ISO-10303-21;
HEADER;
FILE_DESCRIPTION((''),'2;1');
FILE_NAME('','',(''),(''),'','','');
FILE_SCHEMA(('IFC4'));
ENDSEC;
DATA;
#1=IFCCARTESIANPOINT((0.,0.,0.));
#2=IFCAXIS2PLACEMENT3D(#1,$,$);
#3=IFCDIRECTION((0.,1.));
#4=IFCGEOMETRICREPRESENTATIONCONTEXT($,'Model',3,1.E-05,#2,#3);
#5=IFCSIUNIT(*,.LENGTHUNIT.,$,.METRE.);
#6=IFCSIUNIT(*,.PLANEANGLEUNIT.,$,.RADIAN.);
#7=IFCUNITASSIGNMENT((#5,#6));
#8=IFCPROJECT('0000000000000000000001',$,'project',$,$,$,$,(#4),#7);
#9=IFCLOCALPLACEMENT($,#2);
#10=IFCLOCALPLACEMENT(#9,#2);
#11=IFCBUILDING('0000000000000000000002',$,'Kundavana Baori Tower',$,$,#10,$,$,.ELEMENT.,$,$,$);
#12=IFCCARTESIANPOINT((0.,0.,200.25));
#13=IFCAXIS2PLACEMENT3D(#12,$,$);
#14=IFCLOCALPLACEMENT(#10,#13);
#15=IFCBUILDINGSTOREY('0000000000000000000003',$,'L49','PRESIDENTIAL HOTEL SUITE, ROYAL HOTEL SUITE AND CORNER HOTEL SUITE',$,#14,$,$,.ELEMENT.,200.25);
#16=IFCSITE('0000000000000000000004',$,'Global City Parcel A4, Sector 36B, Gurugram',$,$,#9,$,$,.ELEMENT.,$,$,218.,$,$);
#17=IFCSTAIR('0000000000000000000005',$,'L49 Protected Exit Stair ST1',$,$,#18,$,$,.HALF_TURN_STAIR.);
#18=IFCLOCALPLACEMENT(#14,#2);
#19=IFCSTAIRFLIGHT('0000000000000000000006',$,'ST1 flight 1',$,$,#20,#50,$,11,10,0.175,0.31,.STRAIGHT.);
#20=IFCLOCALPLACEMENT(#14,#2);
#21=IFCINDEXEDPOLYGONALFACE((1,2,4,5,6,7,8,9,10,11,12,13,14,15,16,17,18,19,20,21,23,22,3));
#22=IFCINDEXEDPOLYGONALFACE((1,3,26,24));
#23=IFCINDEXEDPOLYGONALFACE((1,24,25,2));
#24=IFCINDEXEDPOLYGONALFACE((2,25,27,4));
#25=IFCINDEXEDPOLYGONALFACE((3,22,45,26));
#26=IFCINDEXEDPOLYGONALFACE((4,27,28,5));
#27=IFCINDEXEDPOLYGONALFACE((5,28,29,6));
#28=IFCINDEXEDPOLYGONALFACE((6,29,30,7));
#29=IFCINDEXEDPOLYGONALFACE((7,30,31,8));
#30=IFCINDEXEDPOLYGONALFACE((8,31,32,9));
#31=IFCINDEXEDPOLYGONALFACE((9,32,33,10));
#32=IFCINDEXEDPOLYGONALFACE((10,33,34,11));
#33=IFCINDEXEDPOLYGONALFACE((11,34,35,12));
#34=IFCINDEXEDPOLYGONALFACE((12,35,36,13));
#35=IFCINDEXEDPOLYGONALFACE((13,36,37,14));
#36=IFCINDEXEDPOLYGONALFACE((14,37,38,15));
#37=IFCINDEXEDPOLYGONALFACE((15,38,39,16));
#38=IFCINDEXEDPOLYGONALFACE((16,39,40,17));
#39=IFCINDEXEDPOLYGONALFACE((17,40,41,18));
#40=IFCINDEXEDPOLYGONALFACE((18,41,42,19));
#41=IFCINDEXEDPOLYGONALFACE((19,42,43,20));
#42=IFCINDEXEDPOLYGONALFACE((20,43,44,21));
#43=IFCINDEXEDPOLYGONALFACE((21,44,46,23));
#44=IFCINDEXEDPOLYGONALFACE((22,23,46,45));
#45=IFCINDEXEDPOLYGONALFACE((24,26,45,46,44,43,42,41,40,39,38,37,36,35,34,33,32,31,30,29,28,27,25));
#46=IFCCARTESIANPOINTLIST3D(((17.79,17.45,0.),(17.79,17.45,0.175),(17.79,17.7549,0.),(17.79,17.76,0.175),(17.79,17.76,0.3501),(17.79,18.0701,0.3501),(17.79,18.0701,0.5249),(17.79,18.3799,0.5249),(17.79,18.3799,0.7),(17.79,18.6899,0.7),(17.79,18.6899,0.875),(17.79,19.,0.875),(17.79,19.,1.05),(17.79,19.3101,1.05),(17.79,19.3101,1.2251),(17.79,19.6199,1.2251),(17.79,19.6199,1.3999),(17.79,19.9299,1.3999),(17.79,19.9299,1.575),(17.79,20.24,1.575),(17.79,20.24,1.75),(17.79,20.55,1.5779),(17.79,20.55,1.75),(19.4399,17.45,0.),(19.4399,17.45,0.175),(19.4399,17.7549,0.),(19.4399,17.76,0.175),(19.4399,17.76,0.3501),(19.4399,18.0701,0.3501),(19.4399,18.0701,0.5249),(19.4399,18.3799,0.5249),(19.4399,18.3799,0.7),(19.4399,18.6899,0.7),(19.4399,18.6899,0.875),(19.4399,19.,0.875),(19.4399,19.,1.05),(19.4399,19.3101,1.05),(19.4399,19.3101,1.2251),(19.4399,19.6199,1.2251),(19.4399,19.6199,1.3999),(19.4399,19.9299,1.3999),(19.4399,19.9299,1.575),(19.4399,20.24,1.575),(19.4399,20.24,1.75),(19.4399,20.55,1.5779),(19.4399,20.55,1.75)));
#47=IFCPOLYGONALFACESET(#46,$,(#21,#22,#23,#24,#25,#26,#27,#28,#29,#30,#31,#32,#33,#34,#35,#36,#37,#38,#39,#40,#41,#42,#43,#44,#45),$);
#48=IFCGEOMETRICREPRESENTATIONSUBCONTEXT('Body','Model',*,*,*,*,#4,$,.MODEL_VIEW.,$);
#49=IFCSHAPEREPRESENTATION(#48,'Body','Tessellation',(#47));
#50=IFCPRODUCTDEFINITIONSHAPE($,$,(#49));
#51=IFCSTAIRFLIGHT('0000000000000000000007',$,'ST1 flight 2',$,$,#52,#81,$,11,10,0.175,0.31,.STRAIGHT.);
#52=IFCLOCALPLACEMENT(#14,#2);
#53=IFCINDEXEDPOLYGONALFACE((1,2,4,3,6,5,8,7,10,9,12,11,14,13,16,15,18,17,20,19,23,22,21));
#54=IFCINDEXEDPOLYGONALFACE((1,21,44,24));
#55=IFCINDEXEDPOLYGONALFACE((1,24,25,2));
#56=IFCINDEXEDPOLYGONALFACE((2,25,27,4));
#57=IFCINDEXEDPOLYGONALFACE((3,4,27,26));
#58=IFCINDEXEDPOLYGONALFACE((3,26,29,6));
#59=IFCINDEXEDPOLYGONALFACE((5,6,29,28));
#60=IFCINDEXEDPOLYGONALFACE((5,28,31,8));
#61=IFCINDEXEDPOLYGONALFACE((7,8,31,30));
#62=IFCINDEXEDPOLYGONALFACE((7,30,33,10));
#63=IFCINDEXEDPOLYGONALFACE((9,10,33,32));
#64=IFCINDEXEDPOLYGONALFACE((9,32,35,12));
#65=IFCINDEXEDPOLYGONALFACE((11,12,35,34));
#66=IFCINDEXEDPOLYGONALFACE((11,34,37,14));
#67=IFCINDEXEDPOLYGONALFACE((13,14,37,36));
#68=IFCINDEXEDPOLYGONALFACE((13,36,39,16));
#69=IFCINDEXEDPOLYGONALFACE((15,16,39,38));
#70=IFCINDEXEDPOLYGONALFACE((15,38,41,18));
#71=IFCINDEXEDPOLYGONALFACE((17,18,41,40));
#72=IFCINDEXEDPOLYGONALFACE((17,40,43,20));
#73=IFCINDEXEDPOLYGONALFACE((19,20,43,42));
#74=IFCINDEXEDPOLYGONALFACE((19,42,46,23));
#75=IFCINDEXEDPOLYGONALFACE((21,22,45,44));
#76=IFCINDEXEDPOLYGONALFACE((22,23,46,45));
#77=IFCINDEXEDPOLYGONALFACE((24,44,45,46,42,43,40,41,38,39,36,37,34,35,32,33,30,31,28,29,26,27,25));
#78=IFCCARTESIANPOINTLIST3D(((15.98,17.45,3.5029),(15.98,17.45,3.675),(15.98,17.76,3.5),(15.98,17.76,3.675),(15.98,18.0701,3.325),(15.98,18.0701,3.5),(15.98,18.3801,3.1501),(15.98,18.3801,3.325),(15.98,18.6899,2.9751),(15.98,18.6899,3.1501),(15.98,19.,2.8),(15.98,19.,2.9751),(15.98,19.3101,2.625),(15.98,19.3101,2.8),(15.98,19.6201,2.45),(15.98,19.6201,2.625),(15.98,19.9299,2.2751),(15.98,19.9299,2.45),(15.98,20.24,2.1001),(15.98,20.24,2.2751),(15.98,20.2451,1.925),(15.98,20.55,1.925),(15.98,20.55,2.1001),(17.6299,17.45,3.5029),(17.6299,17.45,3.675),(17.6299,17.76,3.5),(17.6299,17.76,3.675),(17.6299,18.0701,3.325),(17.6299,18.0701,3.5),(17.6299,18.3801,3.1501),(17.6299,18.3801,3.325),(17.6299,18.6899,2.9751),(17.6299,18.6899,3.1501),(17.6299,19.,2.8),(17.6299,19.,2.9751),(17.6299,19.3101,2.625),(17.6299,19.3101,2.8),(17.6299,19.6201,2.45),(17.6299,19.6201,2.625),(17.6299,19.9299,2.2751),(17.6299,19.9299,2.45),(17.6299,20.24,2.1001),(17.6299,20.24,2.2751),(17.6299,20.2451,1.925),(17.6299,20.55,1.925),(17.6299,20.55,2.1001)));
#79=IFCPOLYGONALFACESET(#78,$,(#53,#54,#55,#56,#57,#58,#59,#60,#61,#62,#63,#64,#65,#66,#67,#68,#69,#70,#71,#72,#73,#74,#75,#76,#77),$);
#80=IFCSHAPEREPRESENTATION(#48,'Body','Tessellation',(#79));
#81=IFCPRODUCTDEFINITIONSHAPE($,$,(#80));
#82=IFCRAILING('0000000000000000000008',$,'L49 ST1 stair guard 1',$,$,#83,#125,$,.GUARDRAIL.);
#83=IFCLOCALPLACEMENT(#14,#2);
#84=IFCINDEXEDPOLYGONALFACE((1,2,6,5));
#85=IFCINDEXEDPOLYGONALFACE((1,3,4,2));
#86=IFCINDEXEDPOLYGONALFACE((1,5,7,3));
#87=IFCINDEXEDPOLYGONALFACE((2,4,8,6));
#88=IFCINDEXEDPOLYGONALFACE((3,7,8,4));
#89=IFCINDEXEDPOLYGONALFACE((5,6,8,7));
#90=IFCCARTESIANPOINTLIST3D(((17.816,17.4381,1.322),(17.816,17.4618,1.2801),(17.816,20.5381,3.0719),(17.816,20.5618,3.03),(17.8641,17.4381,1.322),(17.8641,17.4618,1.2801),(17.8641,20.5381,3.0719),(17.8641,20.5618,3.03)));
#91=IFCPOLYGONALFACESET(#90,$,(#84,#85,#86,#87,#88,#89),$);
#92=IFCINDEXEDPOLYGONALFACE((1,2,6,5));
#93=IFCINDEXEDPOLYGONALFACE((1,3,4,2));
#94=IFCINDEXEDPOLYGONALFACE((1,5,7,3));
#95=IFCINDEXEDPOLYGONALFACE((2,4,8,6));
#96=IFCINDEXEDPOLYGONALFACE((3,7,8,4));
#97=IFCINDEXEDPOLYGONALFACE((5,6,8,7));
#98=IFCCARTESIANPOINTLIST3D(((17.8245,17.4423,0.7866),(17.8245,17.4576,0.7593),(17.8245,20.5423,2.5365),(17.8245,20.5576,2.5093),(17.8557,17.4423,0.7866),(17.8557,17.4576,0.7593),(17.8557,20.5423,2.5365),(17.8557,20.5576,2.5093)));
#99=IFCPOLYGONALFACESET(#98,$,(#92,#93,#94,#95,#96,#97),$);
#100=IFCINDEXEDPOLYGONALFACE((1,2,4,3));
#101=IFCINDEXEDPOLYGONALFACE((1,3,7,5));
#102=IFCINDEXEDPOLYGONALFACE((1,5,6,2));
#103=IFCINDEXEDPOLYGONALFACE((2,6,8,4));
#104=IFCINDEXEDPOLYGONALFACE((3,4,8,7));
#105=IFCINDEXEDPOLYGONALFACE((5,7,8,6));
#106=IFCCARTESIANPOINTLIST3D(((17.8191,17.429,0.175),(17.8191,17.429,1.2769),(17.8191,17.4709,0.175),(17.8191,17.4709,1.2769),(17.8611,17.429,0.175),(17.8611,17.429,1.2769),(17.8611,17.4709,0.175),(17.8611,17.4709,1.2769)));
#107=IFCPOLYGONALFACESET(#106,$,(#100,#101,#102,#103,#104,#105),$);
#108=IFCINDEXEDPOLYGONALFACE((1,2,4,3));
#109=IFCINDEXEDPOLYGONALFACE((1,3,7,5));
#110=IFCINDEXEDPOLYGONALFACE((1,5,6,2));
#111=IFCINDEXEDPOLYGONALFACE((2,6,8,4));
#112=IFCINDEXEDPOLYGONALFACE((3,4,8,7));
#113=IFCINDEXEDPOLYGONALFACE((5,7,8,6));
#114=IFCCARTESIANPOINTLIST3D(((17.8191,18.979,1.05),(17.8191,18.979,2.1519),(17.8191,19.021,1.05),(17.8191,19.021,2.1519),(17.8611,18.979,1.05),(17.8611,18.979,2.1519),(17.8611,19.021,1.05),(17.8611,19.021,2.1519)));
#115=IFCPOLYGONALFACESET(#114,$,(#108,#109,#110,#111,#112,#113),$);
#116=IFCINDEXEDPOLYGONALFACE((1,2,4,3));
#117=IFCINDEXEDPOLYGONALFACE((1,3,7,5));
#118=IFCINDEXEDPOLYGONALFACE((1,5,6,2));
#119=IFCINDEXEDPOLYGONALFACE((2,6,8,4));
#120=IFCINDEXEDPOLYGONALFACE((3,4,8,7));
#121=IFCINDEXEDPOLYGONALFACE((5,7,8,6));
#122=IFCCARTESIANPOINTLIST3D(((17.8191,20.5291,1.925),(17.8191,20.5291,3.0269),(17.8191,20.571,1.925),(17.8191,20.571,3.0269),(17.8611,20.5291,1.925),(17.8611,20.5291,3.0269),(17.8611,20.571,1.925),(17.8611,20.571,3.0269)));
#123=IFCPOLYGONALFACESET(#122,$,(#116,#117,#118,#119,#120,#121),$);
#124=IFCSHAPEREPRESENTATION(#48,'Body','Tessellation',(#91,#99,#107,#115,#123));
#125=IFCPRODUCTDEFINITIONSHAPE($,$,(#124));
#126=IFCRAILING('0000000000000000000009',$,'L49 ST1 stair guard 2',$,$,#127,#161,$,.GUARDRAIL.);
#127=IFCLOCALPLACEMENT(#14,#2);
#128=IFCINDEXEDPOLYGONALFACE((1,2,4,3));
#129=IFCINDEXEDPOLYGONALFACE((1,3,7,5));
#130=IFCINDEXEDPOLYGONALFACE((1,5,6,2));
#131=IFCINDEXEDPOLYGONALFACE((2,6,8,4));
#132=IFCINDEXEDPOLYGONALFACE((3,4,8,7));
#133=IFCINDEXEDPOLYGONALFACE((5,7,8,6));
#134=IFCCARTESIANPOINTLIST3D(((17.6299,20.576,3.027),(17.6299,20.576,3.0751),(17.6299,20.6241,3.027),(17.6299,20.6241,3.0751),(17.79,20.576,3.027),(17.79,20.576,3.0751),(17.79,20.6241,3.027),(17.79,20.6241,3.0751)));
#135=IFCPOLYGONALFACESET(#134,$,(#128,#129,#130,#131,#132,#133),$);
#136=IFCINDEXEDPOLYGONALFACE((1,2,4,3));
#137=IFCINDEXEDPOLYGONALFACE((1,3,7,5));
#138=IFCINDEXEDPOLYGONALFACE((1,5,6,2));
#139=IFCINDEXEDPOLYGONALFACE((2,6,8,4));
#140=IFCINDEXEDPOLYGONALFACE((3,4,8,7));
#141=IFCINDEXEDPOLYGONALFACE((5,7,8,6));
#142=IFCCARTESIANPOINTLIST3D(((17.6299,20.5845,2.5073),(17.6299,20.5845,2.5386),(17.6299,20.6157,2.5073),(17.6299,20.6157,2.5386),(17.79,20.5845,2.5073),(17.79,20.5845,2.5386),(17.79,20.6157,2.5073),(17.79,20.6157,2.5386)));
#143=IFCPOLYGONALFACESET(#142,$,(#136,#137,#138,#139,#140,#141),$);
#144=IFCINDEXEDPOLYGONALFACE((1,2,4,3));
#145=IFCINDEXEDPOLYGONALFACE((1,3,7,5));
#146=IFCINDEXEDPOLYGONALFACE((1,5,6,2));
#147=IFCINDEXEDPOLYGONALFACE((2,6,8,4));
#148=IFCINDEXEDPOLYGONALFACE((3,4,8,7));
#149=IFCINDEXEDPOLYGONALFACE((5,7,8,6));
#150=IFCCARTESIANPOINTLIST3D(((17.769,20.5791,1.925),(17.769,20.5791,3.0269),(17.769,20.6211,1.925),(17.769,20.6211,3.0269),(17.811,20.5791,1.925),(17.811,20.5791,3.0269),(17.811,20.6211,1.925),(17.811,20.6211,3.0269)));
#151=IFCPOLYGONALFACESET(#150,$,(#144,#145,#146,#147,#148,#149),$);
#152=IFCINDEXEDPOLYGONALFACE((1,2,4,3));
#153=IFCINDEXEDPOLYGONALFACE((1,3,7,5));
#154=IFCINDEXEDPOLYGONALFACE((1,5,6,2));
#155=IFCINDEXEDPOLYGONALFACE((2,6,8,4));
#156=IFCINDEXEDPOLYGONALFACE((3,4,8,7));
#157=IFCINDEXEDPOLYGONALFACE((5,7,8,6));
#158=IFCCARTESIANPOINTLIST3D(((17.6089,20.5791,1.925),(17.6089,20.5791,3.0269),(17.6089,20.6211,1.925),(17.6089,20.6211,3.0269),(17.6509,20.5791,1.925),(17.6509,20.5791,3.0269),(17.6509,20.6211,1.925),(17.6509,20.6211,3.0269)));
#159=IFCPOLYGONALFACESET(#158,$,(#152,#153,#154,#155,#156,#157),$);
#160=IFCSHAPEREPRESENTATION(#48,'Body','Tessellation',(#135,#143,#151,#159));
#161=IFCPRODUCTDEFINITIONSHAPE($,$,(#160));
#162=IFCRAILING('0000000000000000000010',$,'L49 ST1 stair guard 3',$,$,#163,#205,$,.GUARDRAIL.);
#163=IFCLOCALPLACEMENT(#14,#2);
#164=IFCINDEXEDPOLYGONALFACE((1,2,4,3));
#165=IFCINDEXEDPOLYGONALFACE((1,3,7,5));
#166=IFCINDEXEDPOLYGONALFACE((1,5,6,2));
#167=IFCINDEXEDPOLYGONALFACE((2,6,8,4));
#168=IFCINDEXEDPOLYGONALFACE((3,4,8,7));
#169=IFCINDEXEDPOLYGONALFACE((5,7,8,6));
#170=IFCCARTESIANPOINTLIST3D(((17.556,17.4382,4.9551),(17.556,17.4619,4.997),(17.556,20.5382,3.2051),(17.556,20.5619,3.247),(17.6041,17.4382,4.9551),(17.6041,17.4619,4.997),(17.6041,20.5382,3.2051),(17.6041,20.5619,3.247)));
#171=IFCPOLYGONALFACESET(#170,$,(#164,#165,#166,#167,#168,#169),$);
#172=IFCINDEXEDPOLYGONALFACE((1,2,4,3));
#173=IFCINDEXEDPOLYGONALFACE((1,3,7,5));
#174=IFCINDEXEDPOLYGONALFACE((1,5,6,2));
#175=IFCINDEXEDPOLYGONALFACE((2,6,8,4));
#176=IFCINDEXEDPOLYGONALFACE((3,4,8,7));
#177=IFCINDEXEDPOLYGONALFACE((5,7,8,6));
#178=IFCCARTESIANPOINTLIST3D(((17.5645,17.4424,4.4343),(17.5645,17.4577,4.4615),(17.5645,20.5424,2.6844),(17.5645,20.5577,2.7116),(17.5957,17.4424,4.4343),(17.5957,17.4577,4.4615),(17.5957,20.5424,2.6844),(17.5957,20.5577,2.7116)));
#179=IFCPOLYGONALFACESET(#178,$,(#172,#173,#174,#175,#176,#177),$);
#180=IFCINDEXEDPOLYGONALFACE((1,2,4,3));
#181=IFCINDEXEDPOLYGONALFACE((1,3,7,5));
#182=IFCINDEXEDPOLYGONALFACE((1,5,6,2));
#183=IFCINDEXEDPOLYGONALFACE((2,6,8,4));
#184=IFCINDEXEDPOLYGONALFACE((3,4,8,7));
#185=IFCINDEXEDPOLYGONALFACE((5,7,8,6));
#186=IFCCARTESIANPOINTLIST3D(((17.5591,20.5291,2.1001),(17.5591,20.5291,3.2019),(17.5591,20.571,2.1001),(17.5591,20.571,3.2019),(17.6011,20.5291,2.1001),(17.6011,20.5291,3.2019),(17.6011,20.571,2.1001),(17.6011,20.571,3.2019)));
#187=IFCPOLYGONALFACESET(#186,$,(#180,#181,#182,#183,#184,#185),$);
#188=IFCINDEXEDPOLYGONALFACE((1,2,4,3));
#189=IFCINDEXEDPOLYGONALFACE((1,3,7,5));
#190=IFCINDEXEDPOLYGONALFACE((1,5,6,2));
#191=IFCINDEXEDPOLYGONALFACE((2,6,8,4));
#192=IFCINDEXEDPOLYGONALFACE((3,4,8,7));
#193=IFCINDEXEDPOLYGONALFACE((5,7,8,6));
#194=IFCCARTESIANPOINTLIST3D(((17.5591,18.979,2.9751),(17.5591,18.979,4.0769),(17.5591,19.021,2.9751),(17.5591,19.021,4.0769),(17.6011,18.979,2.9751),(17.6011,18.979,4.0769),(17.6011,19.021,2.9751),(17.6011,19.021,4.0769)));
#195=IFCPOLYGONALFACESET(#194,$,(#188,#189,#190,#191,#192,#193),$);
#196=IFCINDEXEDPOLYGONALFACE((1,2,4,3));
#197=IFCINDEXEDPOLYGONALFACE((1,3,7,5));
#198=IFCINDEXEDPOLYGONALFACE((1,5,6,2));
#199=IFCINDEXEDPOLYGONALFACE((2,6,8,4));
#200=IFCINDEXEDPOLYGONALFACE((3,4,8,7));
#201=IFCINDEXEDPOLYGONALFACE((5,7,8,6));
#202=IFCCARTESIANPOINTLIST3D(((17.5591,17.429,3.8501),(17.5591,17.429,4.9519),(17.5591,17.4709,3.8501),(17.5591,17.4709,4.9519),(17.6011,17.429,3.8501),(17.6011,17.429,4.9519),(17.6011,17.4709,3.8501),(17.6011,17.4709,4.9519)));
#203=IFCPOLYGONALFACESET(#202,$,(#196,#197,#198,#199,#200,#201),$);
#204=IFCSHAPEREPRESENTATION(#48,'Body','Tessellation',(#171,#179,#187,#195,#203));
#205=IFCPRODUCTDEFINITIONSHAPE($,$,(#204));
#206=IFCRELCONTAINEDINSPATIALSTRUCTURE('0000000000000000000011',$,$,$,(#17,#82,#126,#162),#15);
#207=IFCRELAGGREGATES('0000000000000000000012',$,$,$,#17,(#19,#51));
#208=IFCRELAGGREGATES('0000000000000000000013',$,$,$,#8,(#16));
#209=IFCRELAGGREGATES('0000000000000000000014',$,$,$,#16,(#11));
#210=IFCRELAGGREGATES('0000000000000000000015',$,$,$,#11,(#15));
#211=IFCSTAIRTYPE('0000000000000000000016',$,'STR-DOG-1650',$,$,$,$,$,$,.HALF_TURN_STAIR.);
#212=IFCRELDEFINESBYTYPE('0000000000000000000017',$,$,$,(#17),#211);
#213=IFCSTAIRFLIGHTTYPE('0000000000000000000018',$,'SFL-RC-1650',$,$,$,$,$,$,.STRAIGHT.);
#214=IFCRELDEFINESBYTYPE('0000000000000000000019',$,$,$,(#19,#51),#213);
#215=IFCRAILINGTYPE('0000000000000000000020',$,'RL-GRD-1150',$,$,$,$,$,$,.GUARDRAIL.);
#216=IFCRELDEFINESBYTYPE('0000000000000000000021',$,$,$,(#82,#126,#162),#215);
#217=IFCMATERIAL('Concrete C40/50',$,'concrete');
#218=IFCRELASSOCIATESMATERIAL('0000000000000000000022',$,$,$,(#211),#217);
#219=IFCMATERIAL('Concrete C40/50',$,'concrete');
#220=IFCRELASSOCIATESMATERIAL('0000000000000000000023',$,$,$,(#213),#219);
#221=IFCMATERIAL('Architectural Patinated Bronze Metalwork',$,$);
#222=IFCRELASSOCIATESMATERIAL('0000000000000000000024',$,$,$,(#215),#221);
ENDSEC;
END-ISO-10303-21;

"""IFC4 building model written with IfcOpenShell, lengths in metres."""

from ifc_helpers import new_model, si_unit, direction, frame, origin, origin_2d, place, context, subcontext, project, spatial, polyline, rectangle, outline, extrude, material, type_object, element, aggregate, save


model = new_model("IFC4")

# Units and contexts
model_context = context("Model", 3, precision=1e-05, world=origin(), true_north=direction((0.0, 1.0)))
body_context = subcontext(model_context, "Body", "Model", "MODEL_VIEW")
ifc_project = project(units=[si_unit("LENGTHUNIT", "METRE"), si_unit("PLANEANGLEUNIT", "RADIAN")], contexts=[model_context])

# Site, building, storey
site_placement = place(None, origin())
site = spatial("IfcSite", under=ifc_project, at=site_placement, Name="Global City Parcel A4, Sector 36B, Gurugram", CompositionType="ELEMENT", RefElevation=218.0)
building_placement = place(site_placement, origin())
building = spatial("IfcBuilding", under=site, at=building_placement, Name="Kundavana Baori Tower", CompositionType="ELEMENT")
storey_placement = place(building_placement, frame((0.0, 0.0, 200.25)))
storey = spatial("IfcBuildingStorey", under=building, at=storey_placement, Name="L49", Description="PRESIDENTIAL HOTEL SUITE, ROYAL HOTEL SUITE AND CORNER HOTEL SUITE", CompositionType="ELEMENT", Elevation=200.25)

# Stair, stair flights
ifc_material_1 = material(Name="Concrete C40/50", Category="concrete")
stair_type = type_object("IfcStairType", Name="STR-DOG-1650", PredefinedType="HALF_TURN_STAIR", material=ifc_material_1)
stair_placement = place(storey_placement, origin())
stair = element("IfcStair", 1, at=stair_placement, inside=storey, type_object=stair_type, Name="L49 Protected Exit Stair ST1", PredefinedType="HALF_TURN_STAIR")
ifc_material_2 = material(Name="Concrete C40/50", Category="concrete")
stair_flight_type = type_object("IfcStairFlightType", Name="SFL-RC-1650", PredefinedType="STRAIGHT", material=ifc_material_2)
stair_flight_1_placement = place(storey_placement, frame((18.615, 17.45, 0.0), z_axis=(0.0, 0.0, 1.0), x_axis=(0.0, 1.0, 0.0)))
stair_flight_1 = element("IfcStairFlight", 2, at=stair_flight_1_placement, type_object=stair_flight_type, Name="ST1 flight 1", NumberOfRisers=11, NumberOfTreads=10, PredefinedType="STRAIGHT", RiserHeight=0.175, TreadLength=0.31, context=body_context, shape_type="SweptSolid", body=[
    extrude(outline(polyline([(0.0, 0.0), (0.0, 0.175), (0.3101, 0.175), (0.3101, 0.3501), (0.6201, 0.3501), (0.6201, 0.5249), (0.9299, 0.5249), (0.9299, 0.7), (1.24, 0.7), (1.24, 0.875), (1.55, 0.875), (1.55, 1.05), (1.8601, 1.05), (1.8601, 1.2251), (2.1699, 1.2251), (2.1699, 1.3999), (2.48, 1.3999), (2.48, 1.575), (2.79, 1.575), (2.79, 1.75), (3.1001, 1.75), (3.1001, 1.925), (3.1001, 1.5779), (0.3049, 0.0), (0.0, 0.0)])), frame((0.0, 0.825, 0.0), z_axis=(0.0, -1.0, 0.0), x_axis=(1.0, 0.0, 0.0)), (0.0, 0.0, 1.0), 1.6499),
])
stair_flight_2_placement = place(storey_placement, frame((16.8049, 20.55, 1.925), z_axis=(0.0, 0.0, 1.0), x_axis=(0.0, -1.0, 0.0)))
stair_flight_2 = element("IfcStairFlight", 3, at=stair_flight_2_placement, type_object=stair_flight_type, Name="ST1 flight 2", NumberOfRisers=11, NumberOfTreads=10, PredefinedType="STRAIGHT", RiserHeight=0.175, TreadLength=0.31, context=body_context, shape_type="SweptSolid", body=[
    extrude(outline(polyline([(0.0, 0.0), (0.0, 0.175), (0.3101, 0.175), (0.3101, 0.3501), (0.6201, 0.3501), (0.6201, 0.5249), (0.9299, 0.5249), (0.9299, 0.7), (1.24, 0.7), (1.24, 0.875), (1.55, 0.875), (1.55, 1.05), (1.8601, 1.05), (1.8601, 1.2251), (2.1699, 1.2251), (2.1699, 1.3999), (2.48, 1.3999), (2.48, 1.575), (2.79, 1.575), (2.79, 1.75), (3.1001, 1.75), (3.1001, 1.925), (3.1001, 1.5779), (0.3049, 0.0), (0.0, 0.0)])), frame((0.0, 0.825, 0.0), z_axis=(0.0, -1.0, 0.0), x_axis=(1.0, 0.0, 0.0)), (0.0, 0.0, 1.0), 1.6499),
])
aggregate(stair, [stair_flight_1, stair_flight_2])

# Railings
ifc_material_3 = material(Name="Architectural Patinated Bronze Metalwork")
railing_type_1 = type_object("IfcRailingType", Name="RL-GRD-1150", PredefinedType="GUARDRAIL", material=ifc_material_3)
railing_1_placement = place(storey_placement, frame((17.8401, 17.45, 0.175)))
element("IfcRailing", 4, at=railing_1_placement, inside=storey, type_object=railing_type_1, Name="L49 ST1 stair guard 1", PredefinedType="GUARDRAIL", context=body_context, shape_type="SweptSolid", body=[
    extrude(rectangle(XDim=0.0481, YDim=0.0481, at=origin_2d()), frame((0.0, 0.0, 1.126), z_axis=(0.0, 0.870831, 0.491583), x_axis=(-1.0, 0.0, 0.0)), (0.0, 0.0, 1.0), 3.5598),
    extrude(rectangle(XDim=0.0312, YDim=0.0312, at=origin_2d()), frame((0.0, 0.0, 0.5979), z_axis=(0.0, 0.870831, 0.491583), x_axis=(-1.0, 0.0, 0.0)), (0.0, 0.0, 1.0), 3.5598),
    extrude(rectangle(XDim=0.042, YDim=0.042, at=origin_2d()), origin(), (0.0, 0.0, 1.0), 1.1018),
    extrude(rectangle(XDim=0.042, YDim=0.042, at=origin_2d()), frame((0.0, 1.55, 0.875)), (0.0, 0.0, 1.0), 1.1018),
    extrude(rectangle(XDim=0.042, YDim=0.042, at=origin_2d()), frame((0.0, 3.1001, 1.75)), (0.0, 0.0, 1.0), 1.1018),
])
railing_2_placement = place(storey_placement, frame((17.79, 20.6001, 1.925)))
element("IfcRailing", 5, at=railing_2_placement, inside=storey, type_object=railing_type_1, Name="L49 ST1 stair guard 2", PredefinedType="GUARDRAIL", context=body_context, shape_type="SweptSolid", body=[
    extrude(rectangle(XDim=0.0481, YDim=0.0481, at=origin_2d()), frame((0.0, 0.0, 1.126), z_axis=(-1.0, 0.0, 0.0), x_axis=(0.0, -1.0, 0.0)), (0.0, 0.0, 1.0), 0.1602),
    extrude(rectangle(XDim=0.0312, YDim=0.0312, at=origin_2d()), frame((0.0, 0.0, 0.5979), z_axis=(-1.0, 0.0, 0.0), x_axis=(0.0, -1.0, 0.0)), (0.0, 0.0, 1.0), 0.1602),
    extrude(rectangle(XDim=0.042, YDim=0.042, at=origin_2d()), origin(), (0.0, 0.0, 1.0), 1.1018),
    extrude(rectangle(XDim=0.042, YDim=0.042, at=origin_2d()), frame((-0.1602, 0.0, 0.0)), (0.0, 0.0, 1.0), 1.1018),
])
railing_3_placement = place(storey_placement, frame((17.5801, 20.55, 2.1001)))
element("IfcRailing", 6, at=railing_3_placement, inside=storey, type_object=railing_type_1, Name="L49 ST1 stair guard 3", PredefinedType="GUARDRAIL", context=body_context, shape_type="SweptSolid", body=[
    extrude(rectangle(XDim=0.0481, YDim=0.0481, at=origin_2d()), frame((0.0, 0.0, 1.126), z_axis=(0.0, -0.870831, 0.491583), x_axis=(1.0, 0.0, 0.0)), (0.0, 0.0, 1.0), 3.5598),
    extrude(rectangle(XDim=0.0312, YDim=0.0312, at=origin_2d()), frame((0.0, 0.0, 0.5979), z_axis=(0.0, -0.870831, 0.491583), x_axis=(1.0, 0.0, 0.0)), (0.0, 0.0, 1.0), 3.5598),
    extrude(rectangle(XDim=0.042, YDim=0.042, at=origin_2d()), origin(), (0.0, 0.0, 1.0), 1.1018),
    extrude(rectangle(XDim=0.042, YDim=0.042, at=origin_2d()), frame((0.0, -1.55, 0.875)), (0.0, 0.0, 1.0), 1.1018),
    extrude(rectangle(XDim=0.042, YDim=0.042, at=origin_2d()), frame((0.0, -3.1001, 1.75)), (0.0, 0.0, 1.0), 1.1018),
])

save(model, "model.ifc")
